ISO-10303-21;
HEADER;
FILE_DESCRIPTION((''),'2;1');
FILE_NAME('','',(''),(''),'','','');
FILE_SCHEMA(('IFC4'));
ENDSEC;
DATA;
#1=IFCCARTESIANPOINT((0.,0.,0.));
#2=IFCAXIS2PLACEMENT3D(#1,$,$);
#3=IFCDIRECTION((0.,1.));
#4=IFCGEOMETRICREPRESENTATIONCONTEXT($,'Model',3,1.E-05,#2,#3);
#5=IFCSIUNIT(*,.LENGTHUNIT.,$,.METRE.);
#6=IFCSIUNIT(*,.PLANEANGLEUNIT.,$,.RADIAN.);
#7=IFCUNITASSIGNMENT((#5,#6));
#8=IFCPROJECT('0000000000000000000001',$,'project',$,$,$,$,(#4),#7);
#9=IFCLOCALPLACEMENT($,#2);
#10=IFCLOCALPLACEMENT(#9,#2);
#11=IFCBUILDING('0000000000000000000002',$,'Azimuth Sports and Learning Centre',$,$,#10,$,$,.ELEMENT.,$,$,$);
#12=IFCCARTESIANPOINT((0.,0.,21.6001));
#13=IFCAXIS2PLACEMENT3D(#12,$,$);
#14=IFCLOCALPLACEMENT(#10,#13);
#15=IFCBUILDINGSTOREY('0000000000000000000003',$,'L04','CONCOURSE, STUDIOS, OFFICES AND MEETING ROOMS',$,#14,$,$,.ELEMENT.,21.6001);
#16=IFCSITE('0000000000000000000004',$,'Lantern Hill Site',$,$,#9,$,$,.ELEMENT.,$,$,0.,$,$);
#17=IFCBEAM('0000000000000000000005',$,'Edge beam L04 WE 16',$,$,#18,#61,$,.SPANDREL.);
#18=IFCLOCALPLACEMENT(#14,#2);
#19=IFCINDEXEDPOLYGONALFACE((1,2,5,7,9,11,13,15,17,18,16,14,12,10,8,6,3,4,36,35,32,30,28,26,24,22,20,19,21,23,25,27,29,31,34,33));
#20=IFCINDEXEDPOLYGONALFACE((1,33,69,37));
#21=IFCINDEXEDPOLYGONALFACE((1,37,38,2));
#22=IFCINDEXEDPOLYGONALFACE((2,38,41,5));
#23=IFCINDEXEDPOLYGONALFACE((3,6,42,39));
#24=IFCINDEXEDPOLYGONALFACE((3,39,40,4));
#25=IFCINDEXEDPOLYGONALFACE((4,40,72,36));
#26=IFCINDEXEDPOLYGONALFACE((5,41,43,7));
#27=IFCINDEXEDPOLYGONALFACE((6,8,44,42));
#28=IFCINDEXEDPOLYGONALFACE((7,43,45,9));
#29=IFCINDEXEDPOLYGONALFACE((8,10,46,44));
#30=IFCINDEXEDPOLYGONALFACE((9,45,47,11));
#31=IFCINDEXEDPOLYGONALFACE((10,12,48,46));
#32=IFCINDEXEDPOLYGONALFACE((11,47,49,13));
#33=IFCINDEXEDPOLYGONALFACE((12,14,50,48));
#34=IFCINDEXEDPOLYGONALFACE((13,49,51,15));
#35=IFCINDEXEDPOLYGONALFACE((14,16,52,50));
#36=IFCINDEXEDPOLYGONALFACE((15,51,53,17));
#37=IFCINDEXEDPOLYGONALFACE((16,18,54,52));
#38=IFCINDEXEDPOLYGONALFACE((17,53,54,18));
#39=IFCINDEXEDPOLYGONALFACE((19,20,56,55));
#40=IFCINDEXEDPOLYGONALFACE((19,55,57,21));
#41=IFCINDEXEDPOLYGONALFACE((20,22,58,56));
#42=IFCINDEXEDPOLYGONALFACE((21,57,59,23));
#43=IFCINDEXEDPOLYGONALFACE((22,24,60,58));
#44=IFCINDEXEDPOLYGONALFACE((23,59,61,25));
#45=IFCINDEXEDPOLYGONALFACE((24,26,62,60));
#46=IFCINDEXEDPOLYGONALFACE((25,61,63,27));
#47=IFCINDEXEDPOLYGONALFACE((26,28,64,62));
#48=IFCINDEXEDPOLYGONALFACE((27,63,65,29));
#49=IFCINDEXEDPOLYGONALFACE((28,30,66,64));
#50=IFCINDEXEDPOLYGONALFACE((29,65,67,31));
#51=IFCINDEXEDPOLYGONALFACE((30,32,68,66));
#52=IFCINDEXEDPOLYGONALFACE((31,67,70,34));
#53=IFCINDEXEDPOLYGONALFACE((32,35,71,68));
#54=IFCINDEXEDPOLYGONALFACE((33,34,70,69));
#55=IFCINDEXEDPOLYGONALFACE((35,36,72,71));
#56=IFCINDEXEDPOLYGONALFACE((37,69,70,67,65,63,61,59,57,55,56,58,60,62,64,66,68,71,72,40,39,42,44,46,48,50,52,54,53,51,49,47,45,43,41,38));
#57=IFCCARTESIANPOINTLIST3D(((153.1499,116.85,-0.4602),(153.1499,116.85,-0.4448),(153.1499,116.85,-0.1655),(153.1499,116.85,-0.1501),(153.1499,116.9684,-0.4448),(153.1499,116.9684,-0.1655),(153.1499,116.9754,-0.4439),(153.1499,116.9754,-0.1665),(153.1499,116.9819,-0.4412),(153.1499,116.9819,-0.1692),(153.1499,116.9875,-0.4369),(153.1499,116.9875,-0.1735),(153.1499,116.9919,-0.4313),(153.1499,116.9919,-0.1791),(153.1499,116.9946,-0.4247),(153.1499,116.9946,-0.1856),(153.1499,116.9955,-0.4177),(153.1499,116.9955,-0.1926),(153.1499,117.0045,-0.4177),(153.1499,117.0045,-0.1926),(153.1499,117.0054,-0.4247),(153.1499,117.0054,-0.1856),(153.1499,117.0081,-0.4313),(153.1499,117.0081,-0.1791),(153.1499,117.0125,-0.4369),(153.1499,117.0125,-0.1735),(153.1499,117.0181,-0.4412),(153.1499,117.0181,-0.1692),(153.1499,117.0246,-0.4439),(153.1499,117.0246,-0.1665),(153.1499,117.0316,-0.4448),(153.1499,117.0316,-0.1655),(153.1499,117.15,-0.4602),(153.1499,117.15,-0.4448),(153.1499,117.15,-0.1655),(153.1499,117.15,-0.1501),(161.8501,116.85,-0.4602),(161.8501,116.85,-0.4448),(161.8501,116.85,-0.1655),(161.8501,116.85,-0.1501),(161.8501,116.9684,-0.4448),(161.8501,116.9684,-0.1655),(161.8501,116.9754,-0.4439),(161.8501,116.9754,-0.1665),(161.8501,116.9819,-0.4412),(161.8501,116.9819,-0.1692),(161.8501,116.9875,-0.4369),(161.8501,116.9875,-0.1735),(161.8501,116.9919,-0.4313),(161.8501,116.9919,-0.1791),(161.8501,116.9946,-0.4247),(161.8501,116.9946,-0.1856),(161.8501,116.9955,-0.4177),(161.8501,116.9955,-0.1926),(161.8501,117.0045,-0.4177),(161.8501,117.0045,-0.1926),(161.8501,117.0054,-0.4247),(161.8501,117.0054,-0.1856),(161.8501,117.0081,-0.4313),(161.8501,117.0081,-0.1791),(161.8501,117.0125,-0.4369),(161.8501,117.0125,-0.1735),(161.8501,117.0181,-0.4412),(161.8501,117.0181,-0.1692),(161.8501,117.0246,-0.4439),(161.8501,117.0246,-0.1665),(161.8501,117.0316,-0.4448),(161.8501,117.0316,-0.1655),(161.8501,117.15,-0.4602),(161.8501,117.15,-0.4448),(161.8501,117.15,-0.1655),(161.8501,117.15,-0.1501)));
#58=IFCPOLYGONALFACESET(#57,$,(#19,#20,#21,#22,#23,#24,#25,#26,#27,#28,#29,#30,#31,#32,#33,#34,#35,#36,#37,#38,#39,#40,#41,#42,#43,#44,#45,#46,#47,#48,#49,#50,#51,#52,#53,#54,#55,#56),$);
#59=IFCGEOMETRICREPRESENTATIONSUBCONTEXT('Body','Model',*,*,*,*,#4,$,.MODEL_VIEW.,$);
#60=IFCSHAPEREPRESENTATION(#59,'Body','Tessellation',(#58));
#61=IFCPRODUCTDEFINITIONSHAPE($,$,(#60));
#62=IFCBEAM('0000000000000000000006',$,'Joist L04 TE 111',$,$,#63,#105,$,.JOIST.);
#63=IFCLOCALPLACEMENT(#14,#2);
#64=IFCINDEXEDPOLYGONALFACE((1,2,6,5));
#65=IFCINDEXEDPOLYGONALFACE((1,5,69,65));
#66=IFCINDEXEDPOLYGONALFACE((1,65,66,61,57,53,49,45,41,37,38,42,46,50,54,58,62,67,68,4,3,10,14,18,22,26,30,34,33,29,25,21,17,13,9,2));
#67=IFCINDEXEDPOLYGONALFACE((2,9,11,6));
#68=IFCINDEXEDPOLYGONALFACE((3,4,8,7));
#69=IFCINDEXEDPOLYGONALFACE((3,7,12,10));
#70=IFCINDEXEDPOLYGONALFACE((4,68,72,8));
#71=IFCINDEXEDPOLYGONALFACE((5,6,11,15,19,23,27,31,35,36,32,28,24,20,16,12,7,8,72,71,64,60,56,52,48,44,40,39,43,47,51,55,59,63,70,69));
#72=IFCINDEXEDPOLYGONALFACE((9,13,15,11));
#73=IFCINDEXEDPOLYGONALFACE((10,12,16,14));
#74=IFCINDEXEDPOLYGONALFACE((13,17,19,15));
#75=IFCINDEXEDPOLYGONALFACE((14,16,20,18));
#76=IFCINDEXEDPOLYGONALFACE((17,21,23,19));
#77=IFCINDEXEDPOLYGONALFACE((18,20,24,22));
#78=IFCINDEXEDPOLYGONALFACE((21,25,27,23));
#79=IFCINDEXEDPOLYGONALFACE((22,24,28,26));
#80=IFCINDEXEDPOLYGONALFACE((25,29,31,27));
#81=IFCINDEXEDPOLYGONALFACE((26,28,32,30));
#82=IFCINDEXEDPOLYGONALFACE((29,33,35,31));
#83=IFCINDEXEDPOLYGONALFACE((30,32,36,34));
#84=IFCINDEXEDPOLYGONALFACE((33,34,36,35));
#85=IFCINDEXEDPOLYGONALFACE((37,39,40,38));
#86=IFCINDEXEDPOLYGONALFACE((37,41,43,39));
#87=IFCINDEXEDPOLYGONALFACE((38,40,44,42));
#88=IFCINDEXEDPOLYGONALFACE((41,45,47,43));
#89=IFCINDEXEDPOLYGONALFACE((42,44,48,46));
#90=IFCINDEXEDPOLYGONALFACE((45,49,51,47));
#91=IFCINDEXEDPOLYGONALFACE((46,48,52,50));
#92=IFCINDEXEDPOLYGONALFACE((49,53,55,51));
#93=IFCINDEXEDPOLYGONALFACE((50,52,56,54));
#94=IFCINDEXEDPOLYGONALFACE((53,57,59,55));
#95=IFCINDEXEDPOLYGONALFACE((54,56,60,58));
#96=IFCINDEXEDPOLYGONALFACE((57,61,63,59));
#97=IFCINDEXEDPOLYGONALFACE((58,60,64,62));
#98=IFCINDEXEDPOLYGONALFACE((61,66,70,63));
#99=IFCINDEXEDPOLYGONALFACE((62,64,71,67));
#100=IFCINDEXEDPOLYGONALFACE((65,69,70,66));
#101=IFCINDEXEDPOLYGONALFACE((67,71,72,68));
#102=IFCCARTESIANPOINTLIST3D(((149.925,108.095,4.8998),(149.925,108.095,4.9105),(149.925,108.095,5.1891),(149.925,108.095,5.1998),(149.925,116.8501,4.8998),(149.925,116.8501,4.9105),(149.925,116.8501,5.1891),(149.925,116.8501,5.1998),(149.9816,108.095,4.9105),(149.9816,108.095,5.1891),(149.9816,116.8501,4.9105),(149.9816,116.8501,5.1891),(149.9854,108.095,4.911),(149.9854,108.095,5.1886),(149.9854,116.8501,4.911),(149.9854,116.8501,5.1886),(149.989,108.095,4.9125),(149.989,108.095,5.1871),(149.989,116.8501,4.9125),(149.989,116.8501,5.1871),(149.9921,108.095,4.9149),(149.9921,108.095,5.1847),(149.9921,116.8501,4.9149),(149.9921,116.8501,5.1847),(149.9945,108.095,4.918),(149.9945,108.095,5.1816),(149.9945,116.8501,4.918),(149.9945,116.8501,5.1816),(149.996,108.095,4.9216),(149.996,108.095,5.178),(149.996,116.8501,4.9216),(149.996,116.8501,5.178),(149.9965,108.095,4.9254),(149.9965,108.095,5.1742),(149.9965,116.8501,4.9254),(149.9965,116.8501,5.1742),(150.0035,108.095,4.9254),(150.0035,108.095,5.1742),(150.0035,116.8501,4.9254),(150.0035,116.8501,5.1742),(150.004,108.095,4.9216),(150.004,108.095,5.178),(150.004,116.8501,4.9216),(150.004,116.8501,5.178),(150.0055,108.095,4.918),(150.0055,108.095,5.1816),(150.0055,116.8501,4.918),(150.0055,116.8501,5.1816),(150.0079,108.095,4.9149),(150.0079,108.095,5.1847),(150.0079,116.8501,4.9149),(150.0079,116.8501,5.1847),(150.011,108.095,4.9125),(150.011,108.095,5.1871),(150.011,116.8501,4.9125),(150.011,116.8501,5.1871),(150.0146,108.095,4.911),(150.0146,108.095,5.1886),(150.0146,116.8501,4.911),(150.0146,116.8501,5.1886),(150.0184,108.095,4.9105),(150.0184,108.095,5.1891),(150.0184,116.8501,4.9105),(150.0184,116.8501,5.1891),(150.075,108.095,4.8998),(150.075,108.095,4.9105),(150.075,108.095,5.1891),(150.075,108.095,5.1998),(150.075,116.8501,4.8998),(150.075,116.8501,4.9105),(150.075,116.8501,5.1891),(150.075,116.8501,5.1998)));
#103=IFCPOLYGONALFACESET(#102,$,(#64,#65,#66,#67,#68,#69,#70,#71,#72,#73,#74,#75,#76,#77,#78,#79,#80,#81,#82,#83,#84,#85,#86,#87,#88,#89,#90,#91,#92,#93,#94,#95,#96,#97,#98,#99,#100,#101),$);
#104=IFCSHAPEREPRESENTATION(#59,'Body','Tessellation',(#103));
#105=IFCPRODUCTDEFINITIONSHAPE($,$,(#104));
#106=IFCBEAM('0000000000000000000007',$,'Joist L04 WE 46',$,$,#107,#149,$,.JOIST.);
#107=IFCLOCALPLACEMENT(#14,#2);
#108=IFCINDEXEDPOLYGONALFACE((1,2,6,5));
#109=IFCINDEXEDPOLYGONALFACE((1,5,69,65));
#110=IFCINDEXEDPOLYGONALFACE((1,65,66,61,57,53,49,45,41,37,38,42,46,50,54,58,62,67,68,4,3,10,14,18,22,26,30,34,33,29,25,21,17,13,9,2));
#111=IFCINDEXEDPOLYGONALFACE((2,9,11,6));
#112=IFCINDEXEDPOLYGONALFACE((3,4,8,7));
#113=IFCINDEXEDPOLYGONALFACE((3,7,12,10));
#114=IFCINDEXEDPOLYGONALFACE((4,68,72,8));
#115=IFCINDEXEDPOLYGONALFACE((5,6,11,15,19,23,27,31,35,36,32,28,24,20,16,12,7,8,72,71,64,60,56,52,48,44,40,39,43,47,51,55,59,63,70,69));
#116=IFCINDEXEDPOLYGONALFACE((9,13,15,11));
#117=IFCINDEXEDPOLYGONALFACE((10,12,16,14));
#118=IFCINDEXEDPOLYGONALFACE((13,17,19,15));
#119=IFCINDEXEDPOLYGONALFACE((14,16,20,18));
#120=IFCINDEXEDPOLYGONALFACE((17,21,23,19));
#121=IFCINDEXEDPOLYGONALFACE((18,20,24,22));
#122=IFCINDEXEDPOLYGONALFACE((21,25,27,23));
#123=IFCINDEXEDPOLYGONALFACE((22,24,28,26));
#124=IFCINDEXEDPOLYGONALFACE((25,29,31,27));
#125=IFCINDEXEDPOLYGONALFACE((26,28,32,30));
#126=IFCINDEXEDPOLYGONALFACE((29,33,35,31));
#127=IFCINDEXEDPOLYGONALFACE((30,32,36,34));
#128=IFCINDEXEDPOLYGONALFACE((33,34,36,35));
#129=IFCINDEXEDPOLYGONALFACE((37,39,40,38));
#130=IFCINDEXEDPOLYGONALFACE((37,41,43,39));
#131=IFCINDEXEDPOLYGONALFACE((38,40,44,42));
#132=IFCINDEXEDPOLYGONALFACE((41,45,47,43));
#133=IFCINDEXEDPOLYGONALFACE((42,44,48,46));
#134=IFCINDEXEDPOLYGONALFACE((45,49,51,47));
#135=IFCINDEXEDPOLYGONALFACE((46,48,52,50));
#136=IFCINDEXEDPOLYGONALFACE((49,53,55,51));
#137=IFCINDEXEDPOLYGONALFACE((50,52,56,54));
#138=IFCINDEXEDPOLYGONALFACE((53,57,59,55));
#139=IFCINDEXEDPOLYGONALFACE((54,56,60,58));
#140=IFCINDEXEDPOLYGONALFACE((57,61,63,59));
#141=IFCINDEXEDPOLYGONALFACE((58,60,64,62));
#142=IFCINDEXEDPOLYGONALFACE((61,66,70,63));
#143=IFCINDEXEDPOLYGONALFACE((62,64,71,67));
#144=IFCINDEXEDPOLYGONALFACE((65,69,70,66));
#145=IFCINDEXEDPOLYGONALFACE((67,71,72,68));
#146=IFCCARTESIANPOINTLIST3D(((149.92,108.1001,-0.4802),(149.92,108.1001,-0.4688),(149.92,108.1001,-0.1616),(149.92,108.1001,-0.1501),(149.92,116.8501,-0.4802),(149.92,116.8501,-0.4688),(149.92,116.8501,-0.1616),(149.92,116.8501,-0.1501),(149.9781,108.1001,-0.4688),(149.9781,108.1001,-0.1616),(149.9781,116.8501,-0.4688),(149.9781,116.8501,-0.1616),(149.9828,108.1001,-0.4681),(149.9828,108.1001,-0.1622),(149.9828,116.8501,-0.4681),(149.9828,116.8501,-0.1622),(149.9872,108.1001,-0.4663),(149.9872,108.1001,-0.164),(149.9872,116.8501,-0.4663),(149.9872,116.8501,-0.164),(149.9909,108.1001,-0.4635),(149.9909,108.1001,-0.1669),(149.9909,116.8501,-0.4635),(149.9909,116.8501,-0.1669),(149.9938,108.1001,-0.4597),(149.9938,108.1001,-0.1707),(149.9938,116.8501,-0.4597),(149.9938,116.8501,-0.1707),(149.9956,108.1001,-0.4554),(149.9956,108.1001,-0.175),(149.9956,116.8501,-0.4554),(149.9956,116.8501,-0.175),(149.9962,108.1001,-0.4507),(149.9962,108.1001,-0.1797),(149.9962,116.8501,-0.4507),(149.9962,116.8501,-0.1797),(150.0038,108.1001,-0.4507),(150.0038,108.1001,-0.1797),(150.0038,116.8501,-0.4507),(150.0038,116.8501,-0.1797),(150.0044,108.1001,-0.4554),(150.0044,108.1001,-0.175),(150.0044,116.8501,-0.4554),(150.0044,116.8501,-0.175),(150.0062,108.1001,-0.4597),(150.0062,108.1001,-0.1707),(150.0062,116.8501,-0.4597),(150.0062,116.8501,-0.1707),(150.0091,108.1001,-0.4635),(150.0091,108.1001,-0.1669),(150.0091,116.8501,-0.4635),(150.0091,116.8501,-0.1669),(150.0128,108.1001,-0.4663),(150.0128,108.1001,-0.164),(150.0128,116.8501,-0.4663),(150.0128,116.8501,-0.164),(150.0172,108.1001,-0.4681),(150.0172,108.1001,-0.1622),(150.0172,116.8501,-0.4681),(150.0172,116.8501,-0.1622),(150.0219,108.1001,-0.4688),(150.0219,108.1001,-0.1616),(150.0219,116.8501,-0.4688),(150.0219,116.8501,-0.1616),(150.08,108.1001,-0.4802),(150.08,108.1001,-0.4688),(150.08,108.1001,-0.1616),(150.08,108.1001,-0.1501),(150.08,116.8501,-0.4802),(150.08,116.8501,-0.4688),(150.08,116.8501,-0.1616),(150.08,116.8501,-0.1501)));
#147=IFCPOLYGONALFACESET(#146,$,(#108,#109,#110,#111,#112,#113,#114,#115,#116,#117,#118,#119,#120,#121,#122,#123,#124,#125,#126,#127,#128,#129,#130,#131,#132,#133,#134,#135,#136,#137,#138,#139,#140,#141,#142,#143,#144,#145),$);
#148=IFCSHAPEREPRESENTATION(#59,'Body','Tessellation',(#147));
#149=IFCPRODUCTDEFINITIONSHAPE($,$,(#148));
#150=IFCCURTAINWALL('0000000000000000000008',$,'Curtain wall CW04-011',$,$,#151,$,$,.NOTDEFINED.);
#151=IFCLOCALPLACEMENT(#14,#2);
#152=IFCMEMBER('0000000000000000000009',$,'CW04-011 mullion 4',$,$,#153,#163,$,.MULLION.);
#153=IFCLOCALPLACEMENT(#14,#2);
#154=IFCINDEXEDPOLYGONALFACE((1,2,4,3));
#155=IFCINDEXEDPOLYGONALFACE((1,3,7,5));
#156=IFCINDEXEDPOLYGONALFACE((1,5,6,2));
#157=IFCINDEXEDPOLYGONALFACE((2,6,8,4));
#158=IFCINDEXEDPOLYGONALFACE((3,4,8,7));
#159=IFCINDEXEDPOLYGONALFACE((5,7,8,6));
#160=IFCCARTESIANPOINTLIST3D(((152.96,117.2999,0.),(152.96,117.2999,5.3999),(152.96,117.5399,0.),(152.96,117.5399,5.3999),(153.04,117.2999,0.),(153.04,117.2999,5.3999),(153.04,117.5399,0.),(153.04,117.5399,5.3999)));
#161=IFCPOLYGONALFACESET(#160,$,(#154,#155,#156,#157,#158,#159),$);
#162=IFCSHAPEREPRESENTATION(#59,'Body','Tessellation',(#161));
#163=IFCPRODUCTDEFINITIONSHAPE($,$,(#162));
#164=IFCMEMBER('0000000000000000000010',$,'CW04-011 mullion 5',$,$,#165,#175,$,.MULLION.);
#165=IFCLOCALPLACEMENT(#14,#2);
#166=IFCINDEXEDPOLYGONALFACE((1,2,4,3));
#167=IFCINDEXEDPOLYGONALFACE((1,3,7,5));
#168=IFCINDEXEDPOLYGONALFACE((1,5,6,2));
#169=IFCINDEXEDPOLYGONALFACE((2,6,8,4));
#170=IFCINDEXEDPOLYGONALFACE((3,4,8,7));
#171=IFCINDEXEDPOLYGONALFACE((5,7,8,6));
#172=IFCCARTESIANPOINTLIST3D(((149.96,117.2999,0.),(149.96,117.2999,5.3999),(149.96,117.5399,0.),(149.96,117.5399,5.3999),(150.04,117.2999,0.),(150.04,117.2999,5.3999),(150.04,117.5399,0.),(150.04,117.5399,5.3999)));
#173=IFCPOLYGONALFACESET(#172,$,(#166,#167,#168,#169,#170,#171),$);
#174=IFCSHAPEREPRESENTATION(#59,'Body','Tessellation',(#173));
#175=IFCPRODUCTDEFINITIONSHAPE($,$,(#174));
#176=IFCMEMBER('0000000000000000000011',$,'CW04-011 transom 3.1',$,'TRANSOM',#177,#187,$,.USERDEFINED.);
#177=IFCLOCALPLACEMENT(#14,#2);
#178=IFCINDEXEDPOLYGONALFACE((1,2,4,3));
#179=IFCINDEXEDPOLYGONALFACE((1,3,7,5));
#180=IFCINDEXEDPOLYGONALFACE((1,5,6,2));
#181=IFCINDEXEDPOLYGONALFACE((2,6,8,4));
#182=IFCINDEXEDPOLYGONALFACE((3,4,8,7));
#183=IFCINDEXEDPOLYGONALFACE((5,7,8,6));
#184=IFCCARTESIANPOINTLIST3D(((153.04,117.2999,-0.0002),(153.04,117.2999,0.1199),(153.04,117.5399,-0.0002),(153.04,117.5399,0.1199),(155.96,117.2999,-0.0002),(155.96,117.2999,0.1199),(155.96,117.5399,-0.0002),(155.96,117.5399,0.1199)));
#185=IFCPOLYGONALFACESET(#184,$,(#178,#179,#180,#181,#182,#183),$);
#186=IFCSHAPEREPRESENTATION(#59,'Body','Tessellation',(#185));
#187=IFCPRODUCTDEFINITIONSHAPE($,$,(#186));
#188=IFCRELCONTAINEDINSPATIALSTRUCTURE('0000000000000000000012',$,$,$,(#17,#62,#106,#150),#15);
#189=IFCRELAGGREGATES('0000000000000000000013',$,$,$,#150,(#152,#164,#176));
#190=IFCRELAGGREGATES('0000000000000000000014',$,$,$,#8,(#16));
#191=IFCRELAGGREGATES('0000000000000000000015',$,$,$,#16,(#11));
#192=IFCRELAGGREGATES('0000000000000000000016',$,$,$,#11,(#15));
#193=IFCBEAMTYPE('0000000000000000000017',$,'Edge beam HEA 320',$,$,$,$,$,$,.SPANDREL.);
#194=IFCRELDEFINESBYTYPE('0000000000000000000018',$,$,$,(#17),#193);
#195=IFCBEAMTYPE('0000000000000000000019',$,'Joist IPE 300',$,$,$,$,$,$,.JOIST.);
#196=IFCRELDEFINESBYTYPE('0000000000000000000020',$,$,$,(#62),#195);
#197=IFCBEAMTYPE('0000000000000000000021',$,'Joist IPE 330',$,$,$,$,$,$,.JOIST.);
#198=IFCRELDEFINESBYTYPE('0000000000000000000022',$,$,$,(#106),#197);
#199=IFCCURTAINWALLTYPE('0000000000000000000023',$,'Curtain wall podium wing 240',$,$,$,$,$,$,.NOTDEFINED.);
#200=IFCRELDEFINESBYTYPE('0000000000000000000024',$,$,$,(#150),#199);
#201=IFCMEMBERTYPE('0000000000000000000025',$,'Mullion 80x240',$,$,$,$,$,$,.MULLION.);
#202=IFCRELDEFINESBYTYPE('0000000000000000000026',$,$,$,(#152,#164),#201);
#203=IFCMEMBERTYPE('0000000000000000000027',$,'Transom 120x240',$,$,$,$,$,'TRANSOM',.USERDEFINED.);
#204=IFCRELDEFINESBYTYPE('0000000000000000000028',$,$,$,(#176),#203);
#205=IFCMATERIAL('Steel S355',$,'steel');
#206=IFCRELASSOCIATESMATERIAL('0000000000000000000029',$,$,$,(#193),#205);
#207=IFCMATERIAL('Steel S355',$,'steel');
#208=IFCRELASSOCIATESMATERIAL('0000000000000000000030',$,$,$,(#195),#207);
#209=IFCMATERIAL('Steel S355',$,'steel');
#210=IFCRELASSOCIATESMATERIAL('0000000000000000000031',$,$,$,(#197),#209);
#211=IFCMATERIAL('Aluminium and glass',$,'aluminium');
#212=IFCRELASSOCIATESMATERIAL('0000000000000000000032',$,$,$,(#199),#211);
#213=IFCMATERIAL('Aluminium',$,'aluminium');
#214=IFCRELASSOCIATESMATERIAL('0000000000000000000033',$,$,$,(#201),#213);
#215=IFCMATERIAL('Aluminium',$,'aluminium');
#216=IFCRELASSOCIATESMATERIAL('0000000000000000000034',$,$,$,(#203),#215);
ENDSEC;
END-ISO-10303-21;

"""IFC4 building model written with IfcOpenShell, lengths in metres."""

from ifc_helpers import new_model, si_unit, direction, frame, origin, origin_2d, place, context, subcontext, project, spatial, rectangle, i_section, extrude, material, material_profile, profile_set, type_object, element, aggregate, save


model = new_model("IFC4")

# Units and contexts
model_context = context("Model", 3, precision=1e-05, world=origin(), true_north=direction((0.0, 1.0)))
body_context = subcontext(model_context, "Body", "Model", "MODEL_VIEW")
ifc_project = project(units=[si_unit("LENGTHUNIT", "METRE"), si_unit("PLANEANGLEUNIT", "RADIAN")], contexts=[model_context])

# Site, building, storey
site_placement = place(None, origin())
site = spatial("IfcSite", under=ifc_project, at=site_placement, Name="Lantern Hill Site", CompositionType="ELEMENT", RefElevation=0.0)
building_placement = place(site_placement, origin())
building = spatial("IfcBuilding", under=site, at=building_placement, Name="Azimuth Sports and Learning Centre", CompositionType="ELEMENT")
storey_placement = place(building_placement, frame((0.0, 0.0, 21.6001)))
storey = spatial("IfcBuildingStorey", under=building, at=storey_placement, Name="L04", Description="CONCOURSE, STUDIOS, OFFICES AND MEETING ROOMS", CompositionType="ELEMENT", Elevation=21.6001)

# Beams
ifc_material_1 = material(Name="Steel S355", Category="steel")
ifc_material_profile_1 = material_profile(ifc_material_1, i_section(OverallWidth=0.3, OverallDepth=0.3101, WebThickness=0.009, FlangeThickness=0.0154, FilletRadius=0.0271, at=origin_2d()), Name="HEA 320")
ifc_profile_set_1 = profile_set([ifc_material_profile_1], Name="Steel S355")
beam_type_1 = type_object("IfcBeamType", Name="Edge beam HEA 320", PredefinedType="SPANDREL", material=ifc_profile_set_1)
beam_1_placement = place(storey_placement, frame((153.1499, 117.0, -0.3052), z_axis=(1.0, 0.0, 0.0), x_axis=(0.0, 1.0, 0.0)))
element("IfcBeam", 1, at=beam_1_placement, inside=storey, type_object=beam_type_1, Name="Edge beam L04 WE 16", PredefinedType="SPANDREL", context=body_context, shape_type="SweptSolid", body=[
    extrude(i_section(OverallWidth=0.3, OverallDepth=0.3101, WebThickness=0.009, FlangeThickness=0.0154, FilletRadius=0.0271, at=origin_2d()), origin(), (0.0, 0.0, 1.0), 8.7002),
])
ifc_material_2 = material(Name="Steel S355", Category="steel")
ifc_material_profile_2 = material_profile(ifc_material_2, i_section(OverallWidth=0.1499, OverallDepth=0.3, WebThickness=0.0071, FlangeThickness=0.0107, FilletRadius=0.0149, at=origin_2d()), Name="IPE 300")
ifc_profile_set_2 = profile_set([ifc_material_profile_2], Name="Steel S355")
beam_type_2 = type_object("IfcBeamType", Name="Joist IPE 300", PredefinedType="JOIST", material=ifc_profile_set_2)
beam_2_placement = place(storey_placement, frame((150.0, 108.095, 5.0498), z_axis=(0.0, 1.0, 0.0), x_axis=(-1.0, 0.0, 0.0)))
element("IfcBeam", 2, at=beam_2_placement, inside=storey, type_object=beam_type_2, Name="Joist L04 TE 111", PredefinedType="JOIST", context=body_context, shape_type="SweptSolid", body=[
    extrude(i_section(OverallWidth=0.1499, OverallDepth=0.3, WebThickness=0.0071, FlangeThickness=0.0107, FilletRadius=0.0149, at=origin_2d()), origin(), (0.0, 0.0, 1.0), 8.7551),
])
ifc_material_3 = material(Name="Steel S355", Category="steel")
ifc_material_profile_3 = material_profile(ifc_material_3, i_section(OverallWidth=0.1599, OverallDepth=0.3301, WebThickness=0.0076, FlangeThickness=0.0115, FilletRadius=0.0181, at=origin_2d()), Name="IPE 330")
ifc_profile_set_3 = profile_set([ifc_material_profile_3], Name="Steel S355")
beam_type_3 = type_object("IfcBeamType", Name="Joist IPE 330", PredefinedType="JOIST", material=ifc_profile_set_3)
beam_3_placement = place(storey_placement, frame((150.0, 108.1001, -0.3152), z_axis=(0.0, 1.0, 0.0), x_axis=(-1.0, 0.0, 0.0)))
element("IfcBeam", 3, at=beam_3_placement, inside=storey, type_object=beam_type_3, Name="Joist L04 WE 46", PredefinedType="JOIST", context=body_context, shape_type="SweptSolid", body=[
    extrude(i_section(OverallWidth=0.1599, OverallDepth=0.3301, WebThickness=0.0076, FlangeThickness=0.0115, FilletRadius=0.0181, at=origin_2d()), origin(), (0.0, 0.0, 1.0), 8.75),
])

# Curtain wall, members
ifc_material_4 = material(Name="Aluminium and glass", Category="aluminium")
curtain_wall_type = type_object("IfcCurtainWallType", Name="Curtain wall podium wing 240", PredefinedType="NOTDEFINED", material=ifc_material_4)
curtain_wall_placement = place(storey_placement, origin())
curtain_wall = element("IfcCurtainWall", 4, at=curtain_wall_placement, inside=storey, type_object=curtain_wall_type, Name="Curtain wall CW04-011", PredefinedType="NOTDEFINED")
ifc_material_5 = material(Name="Aluminium", Category="aluminium")
ifc_material_profile_4 = material_profile(ifc_material_5, rectangle(XDim=0.24, YDim=0.0801, at=origin_2d()), Name="Mullion 80x240")
ifc_profile_set_4 = profile_set([ifc_material_profile_4], Name="Aluminium")
member_type_1 = type_object("IfcMemberType", Name="Mullion 80x240", PredefinedType="MULLION", material=ifc_profile_set_4)
member_1_placement = place(storey_placement, frame((153.0, 117.4199, 0.0), z_axis=(0.0, 0.0, 1.0), x_axis=(0.0, -1.0, 0.0)))
member_1 = element("IfcMember", 5, at=member_1_placement, type_object=member_type_1, Name="CW04-011 mullion 4", PredefinedType="MULLION", context=body_context, shape_type="SweptSolid", body=[
    extrude(rectangle(XDim=0.24, YDim=0.0801, at=origin_2d()), origin(), (0.0, 0.0, 1.0), 5.3999),
])
member_2_placement = place(storey_placement, frame((150.0, 117.4199, 0.0), z_axis=(0.0, 0.0, 1.0), x_axis=(0.0, -1.0, 0.0)))
member_2 = element("IfcMember", 6, at=member_2_placement, type_object=member_type_1, Name="CW04-011 mullion 5", PredefinedType="MULLION", context=body_context, shape_type="SweptSolid", body=[
    extrude(rectangle(XDim=0.24, YDim=0.0801, at=origin_2d()), origin(), (0.0, 0.0, 1.0), 5.3999),
])
ifc_material_6 = material(Name="Aluminium", Category="aluminium")
ifc_material_profile_5 = material_profile(ifc_material_6, rectangle(XDim=0.24, YDim=0.1201, at=origin_2d()), Name="Transom 120x240")
ifc_profile_set_5 = profile_set([ifc_material_profile_5], Name="Aluminium")
member_type_2 = type_object("IfcMemberType", Name="Transom 120x240", ElementType="TRANSOM", PredefinedType="USERDEFINED", material=ifc_profile_set_5)
member_3_placement = place(storey_placement, frame((155.96, 117.4199, 0.0598), z_axis=(-1.0, 0.0, 0.0), x_axis=(0.0, -1.0, 0.0)))
member_3 = element("IfcMember", 7, at=member_3_placement, type_object=member_type_2, Name="CW04-011 transom 3.1", ObjectType="TRANSOM", PredefinedType="USERDEFINED", context=body_context, shape_type="SweptSolid", body=[
    extrude(rectangle(XDim=0.24, YDim=0.1201, at=origin_2d()), origin(), (0.0, 0.0, 1.0), 2.9199),
])
aggregate(curtain_wall, [member_1, member_2, member_3])

save(model, "model.ifc")
